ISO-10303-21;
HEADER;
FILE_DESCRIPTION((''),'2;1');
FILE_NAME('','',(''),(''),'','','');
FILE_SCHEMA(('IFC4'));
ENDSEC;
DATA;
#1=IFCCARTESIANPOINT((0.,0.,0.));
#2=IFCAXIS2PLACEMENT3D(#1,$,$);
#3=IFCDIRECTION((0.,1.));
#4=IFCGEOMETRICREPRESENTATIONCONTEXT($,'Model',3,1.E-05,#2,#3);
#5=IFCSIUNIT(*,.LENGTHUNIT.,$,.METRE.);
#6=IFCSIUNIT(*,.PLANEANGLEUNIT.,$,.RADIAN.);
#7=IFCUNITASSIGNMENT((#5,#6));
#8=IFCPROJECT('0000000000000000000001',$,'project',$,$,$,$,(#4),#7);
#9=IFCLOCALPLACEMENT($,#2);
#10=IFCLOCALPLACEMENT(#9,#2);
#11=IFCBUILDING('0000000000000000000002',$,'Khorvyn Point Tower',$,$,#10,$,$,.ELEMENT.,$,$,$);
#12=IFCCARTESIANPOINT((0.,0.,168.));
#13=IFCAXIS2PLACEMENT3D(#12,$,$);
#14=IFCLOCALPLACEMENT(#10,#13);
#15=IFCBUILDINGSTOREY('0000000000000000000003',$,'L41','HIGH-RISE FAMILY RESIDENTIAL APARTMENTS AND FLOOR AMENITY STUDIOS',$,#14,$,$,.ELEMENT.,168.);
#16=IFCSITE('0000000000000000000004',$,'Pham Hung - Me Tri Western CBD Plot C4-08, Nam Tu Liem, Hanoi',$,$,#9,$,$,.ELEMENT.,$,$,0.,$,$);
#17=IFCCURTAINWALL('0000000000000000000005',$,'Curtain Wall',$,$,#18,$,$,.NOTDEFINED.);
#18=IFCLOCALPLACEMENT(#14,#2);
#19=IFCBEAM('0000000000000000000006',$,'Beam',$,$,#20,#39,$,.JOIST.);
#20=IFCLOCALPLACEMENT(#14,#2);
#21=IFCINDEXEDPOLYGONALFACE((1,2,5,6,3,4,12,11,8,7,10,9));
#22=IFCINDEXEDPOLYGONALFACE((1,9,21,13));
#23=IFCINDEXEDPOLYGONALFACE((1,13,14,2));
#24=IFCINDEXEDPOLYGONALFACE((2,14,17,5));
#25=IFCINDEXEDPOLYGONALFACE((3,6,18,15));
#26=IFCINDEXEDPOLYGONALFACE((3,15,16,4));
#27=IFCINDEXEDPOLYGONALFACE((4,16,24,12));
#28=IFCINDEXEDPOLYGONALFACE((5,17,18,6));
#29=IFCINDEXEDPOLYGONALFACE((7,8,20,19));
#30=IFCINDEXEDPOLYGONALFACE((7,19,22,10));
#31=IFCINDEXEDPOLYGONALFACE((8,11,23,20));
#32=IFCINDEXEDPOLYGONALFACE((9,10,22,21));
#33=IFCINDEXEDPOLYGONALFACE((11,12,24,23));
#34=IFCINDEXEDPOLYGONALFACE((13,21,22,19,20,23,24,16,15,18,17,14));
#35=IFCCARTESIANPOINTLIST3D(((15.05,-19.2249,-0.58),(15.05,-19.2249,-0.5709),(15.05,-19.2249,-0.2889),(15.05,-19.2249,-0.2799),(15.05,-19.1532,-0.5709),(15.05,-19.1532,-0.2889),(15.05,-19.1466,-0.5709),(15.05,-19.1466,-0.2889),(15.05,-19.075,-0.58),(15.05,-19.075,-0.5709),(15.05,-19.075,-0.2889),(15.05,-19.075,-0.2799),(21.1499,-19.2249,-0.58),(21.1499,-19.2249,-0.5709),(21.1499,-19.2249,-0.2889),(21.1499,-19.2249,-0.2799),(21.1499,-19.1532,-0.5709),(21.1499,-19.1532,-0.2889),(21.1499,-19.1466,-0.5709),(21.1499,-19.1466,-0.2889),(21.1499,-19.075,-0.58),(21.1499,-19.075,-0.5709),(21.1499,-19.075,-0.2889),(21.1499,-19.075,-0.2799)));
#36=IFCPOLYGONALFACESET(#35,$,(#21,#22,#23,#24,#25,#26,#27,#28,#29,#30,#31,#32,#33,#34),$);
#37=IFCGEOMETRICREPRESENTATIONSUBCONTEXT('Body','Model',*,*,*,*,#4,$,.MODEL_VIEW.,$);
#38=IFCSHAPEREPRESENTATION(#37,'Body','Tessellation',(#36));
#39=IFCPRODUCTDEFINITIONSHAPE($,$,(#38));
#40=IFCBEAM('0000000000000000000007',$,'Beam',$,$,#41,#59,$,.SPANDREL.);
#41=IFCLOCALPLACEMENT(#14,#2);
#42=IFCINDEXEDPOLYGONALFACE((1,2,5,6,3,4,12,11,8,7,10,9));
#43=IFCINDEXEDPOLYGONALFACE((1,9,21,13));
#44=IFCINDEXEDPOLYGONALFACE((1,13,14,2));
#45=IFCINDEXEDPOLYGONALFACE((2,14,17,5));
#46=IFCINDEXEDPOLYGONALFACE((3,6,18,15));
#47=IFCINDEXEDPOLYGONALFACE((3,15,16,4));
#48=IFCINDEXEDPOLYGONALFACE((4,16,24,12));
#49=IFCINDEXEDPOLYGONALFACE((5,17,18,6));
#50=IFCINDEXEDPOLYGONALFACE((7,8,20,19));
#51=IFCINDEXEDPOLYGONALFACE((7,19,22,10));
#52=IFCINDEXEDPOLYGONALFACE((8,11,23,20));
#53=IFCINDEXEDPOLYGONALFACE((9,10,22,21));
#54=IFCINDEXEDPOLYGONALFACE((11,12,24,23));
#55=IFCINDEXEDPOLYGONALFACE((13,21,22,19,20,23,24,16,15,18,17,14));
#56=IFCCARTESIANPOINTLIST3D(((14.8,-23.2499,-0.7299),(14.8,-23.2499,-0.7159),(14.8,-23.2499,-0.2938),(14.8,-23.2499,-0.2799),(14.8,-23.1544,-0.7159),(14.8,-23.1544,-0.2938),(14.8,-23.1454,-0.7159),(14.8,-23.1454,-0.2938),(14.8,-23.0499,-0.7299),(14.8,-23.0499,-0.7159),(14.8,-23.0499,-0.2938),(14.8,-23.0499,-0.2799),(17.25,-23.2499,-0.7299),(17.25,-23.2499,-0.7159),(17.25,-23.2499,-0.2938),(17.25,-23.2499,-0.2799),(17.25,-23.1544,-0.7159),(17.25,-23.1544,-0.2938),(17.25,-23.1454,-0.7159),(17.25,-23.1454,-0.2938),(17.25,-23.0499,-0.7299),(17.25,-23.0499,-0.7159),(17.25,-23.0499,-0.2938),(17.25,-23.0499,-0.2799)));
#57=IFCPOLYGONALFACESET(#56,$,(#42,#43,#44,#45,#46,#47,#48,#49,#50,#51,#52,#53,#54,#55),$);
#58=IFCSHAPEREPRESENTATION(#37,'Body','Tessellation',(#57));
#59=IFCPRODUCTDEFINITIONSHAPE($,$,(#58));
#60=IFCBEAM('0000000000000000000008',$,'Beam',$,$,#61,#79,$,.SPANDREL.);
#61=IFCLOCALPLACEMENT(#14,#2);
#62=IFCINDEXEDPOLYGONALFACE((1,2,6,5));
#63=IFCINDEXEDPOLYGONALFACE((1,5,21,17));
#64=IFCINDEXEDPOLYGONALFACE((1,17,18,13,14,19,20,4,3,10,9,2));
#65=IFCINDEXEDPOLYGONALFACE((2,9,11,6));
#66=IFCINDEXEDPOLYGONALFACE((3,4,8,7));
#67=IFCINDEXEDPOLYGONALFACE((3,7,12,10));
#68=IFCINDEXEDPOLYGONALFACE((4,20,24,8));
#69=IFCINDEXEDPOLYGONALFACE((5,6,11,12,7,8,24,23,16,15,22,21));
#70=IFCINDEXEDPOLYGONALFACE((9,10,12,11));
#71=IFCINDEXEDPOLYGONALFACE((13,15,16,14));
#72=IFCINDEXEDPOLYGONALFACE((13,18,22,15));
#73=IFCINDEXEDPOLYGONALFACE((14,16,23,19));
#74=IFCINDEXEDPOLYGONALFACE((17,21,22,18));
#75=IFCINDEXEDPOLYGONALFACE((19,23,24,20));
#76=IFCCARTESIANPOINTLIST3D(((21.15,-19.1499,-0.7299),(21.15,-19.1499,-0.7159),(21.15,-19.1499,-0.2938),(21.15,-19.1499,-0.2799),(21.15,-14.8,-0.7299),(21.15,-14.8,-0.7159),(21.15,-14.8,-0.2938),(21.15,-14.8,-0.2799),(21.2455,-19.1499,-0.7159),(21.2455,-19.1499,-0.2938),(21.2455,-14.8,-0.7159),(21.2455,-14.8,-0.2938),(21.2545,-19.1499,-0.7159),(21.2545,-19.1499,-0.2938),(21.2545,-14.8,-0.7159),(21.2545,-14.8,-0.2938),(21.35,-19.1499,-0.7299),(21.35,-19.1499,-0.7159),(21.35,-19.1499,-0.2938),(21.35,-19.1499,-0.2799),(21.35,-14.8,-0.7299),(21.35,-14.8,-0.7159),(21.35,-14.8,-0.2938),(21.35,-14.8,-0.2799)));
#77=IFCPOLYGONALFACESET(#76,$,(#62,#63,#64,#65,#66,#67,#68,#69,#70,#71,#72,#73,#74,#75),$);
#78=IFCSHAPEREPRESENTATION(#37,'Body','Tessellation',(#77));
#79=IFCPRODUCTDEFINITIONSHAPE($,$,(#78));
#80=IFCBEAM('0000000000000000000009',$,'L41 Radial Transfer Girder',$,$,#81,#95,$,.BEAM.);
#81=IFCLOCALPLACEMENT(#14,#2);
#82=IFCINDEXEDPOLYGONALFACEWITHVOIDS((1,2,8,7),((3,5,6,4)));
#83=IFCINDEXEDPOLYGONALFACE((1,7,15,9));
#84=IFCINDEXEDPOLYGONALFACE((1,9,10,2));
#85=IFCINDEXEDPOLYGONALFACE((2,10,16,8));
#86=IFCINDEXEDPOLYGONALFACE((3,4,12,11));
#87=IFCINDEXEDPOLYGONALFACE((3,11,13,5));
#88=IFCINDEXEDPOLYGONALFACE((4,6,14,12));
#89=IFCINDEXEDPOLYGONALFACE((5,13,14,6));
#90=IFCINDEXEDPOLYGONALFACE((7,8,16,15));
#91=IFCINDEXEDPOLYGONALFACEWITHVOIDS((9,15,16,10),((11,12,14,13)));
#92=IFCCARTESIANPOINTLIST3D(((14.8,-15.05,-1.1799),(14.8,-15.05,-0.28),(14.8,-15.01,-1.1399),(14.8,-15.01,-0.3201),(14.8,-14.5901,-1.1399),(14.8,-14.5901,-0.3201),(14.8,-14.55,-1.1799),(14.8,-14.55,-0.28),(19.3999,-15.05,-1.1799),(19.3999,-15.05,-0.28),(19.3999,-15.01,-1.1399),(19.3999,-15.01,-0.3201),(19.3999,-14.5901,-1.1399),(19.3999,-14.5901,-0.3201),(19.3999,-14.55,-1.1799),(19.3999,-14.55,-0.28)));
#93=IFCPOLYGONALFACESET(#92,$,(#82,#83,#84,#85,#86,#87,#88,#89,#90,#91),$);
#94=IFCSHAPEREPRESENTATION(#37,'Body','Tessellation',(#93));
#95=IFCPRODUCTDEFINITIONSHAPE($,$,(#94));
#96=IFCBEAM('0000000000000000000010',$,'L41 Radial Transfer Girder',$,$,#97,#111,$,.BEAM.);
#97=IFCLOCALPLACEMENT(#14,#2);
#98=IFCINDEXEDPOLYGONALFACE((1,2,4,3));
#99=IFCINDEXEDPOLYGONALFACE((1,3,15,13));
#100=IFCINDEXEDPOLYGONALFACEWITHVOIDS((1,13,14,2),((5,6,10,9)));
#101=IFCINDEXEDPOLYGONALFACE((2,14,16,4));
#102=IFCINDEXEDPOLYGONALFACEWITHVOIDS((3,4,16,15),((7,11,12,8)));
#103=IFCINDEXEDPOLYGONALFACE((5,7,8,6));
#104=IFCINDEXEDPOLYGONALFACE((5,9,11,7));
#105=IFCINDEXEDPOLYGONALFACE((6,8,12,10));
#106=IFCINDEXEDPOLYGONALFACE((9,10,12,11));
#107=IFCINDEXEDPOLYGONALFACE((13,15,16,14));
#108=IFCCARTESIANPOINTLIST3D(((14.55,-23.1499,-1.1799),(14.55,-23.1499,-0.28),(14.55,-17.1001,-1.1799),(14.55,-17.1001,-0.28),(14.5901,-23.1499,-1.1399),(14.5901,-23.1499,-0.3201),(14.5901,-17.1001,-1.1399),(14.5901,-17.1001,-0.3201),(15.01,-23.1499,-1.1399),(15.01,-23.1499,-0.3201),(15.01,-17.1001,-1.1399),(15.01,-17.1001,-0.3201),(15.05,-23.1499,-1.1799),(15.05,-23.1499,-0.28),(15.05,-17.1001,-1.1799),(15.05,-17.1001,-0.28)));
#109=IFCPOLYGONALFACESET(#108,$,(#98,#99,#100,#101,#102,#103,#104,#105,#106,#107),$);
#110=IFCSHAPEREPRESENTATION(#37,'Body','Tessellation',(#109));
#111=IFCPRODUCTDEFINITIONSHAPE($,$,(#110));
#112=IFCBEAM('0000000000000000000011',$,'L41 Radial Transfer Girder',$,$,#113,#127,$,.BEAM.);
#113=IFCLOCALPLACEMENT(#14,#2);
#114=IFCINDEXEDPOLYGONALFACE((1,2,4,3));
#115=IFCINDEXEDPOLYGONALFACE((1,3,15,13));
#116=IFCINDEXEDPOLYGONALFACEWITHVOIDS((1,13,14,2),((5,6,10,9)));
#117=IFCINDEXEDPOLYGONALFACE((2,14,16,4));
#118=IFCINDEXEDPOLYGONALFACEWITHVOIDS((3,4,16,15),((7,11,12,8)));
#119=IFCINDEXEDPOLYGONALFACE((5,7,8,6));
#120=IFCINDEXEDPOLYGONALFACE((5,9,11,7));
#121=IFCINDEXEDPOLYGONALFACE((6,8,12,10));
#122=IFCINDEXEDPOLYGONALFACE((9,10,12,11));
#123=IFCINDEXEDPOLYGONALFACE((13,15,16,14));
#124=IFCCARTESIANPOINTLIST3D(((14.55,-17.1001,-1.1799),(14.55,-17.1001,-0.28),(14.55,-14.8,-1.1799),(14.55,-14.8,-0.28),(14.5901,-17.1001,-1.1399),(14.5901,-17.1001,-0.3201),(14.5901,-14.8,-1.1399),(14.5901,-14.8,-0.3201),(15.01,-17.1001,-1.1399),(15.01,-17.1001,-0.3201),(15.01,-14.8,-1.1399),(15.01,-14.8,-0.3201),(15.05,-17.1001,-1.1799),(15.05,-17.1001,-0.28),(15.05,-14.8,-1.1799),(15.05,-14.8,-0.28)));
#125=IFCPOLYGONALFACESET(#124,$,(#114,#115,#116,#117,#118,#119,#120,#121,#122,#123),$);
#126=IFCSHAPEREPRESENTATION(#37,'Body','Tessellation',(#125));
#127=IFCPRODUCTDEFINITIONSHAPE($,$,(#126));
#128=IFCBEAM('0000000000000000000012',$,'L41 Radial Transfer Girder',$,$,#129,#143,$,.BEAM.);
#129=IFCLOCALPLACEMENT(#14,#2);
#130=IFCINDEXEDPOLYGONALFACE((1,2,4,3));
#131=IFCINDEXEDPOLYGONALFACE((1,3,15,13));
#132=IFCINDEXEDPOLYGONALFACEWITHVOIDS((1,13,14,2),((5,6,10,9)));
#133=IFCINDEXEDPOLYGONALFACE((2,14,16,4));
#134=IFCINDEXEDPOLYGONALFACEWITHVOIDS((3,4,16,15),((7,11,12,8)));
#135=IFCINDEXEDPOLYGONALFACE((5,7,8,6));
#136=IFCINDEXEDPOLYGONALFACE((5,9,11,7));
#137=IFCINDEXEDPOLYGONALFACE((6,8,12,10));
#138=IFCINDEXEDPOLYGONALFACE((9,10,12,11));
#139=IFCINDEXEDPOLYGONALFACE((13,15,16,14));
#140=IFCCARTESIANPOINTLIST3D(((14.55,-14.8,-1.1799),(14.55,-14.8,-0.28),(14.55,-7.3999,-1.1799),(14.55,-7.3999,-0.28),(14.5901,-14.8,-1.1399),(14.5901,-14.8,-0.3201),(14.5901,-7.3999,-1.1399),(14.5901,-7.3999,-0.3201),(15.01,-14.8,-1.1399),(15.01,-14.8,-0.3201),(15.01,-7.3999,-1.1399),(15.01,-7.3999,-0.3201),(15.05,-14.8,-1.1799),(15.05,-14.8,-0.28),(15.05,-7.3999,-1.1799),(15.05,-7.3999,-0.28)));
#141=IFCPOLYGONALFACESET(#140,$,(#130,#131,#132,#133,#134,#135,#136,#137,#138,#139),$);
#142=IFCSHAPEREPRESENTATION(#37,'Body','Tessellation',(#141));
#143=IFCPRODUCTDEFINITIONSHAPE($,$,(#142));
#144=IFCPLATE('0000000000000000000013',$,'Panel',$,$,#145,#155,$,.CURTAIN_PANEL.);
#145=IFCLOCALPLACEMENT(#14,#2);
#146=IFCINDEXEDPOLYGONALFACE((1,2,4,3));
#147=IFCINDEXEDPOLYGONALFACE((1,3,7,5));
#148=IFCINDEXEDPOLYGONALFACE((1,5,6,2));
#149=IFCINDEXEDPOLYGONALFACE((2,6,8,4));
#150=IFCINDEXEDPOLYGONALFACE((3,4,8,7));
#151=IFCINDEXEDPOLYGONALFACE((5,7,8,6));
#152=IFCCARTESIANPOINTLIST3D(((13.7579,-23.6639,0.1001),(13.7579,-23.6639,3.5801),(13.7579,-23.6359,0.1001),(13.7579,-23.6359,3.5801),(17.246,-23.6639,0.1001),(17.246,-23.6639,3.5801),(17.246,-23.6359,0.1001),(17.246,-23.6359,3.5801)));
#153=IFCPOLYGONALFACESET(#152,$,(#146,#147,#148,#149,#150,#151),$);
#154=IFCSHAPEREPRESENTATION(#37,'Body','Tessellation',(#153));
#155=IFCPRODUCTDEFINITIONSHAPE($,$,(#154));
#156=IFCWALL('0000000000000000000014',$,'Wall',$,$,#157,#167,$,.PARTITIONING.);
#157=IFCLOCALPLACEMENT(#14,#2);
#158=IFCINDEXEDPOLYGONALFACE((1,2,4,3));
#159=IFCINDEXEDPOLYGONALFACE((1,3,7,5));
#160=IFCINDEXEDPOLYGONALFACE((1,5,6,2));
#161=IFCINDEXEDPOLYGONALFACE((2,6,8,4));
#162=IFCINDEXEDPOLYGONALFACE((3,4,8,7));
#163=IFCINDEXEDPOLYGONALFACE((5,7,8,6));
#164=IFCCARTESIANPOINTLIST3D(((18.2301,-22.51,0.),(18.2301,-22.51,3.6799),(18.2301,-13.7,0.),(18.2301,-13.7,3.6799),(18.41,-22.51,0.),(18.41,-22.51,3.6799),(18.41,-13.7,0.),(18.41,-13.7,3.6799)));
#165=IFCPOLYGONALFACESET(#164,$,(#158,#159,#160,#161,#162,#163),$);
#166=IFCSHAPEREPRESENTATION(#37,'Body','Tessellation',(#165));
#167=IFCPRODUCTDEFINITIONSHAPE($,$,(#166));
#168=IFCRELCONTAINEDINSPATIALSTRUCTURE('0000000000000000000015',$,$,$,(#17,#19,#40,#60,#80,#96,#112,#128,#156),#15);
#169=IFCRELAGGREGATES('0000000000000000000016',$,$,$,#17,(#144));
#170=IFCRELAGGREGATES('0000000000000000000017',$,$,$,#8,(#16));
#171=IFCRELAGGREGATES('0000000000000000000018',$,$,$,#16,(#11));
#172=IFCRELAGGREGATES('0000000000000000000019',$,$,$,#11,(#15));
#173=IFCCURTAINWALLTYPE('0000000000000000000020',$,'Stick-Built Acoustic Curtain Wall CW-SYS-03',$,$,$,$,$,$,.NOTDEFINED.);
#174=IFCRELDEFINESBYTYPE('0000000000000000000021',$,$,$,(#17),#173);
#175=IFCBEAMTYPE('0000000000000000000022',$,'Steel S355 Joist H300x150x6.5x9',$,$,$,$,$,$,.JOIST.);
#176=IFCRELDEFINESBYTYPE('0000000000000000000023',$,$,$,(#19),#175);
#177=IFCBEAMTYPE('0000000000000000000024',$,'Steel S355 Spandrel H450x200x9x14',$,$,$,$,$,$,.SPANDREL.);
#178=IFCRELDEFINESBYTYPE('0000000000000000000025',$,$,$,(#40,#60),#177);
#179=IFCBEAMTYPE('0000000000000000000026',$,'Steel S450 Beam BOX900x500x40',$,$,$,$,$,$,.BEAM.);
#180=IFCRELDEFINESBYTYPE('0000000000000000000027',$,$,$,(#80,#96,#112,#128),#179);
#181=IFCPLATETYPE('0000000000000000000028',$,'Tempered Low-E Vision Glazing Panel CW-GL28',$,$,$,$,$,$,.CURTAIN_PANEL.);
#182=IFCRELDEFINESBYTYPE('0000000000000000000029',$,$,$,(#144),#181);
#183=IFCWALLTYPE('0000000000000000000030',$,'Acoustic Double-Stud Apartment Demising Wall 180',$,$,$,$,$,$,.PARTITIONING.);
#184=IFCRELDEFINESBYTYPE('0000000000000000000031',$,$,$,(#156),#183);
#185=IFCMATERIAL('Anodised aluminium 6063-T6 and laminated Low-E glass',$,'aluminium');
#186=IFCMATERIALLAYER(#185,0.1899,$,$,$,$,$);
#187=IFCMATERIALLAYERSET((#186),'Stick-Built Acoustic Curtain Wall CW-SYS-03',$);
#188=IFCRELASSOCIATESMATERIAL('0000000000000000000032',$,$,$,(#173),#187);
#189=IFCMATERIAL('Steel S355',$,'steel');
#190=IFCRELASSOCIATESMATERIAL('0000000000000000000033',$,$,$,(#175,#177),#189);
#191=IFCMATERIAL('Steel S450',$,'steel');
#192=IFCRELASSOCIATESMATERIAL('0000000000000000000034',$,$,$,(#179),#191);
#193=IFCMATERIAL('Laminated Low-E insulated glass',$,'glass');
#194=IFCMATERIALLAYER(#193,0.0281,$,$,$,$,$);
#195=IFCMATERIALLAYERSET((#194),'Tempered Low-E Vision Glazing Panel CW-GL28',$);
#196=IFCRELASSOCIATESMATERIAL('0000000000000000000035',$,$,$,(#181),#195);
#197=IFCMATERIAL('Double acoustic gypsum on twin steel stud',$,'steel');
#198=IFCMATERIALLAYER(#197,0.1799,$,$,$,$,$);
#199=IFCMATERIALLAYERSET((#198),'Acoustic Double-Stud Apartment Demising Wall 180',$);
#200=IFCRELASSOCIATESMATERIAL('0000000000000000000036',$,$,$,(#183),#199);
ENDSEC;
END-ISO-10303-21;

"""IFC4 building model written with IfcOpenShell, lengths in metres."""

from ifc_helpers import new_model, si_unit, direction, frame, frame_2d, origin, origin_2d, place, context, subcontext, project, spatial, rectangle, hollow_rectangle, i_section, extrude, material, layer, layer_set, material_profile, profile_set, type_object, element, aggregate, save


model = new_model("IFC4")

# Units and contexts
model_context = context("Model", 3, precision=1e-05, world=origin(), true_north=direction((0.0, 1.0)))
body_context = subcontext(model_context, "Body", "Model", "MODEL_VIEW")
ifc_project = project(units=[si_unit("LENGTHUNIT", "METRE"), si_unit("PLANEANGLEUNIT", "RADIAN")], contexts=[model_context])

# Site, building, storey
site_placement = place(None, origin())
site = spatial("IfcSite", under=ifc_project, at=site_placement, Name="Pham Hung - Me Tri Western CBD Plot C4-08, Nam Tu Liem, Hanoi", CompositionType="ELEMENT", RefElevation=0.0)
building_placement = place(site_placement, origin())
building = spatial("IfcBuilding", under=site, at=building_placement, Name="Khorvyn Point Tower", CompositionType="ELEMENT")
storey_placement = place(building_placement, frame((0.0, 0.0, 168.0)))
storey = spatial("IfcBuildingStorey", under=building, at=storey_placement, Name="L41", Description="HIGH-RISE FAMILY RESIDENTIAL APARTMENTS AND FLOOR AMENITY STUDIOS", CompositionType="ELEMENT", Elevation=168.0)

# Shared definitions
ifc_material_1 = material(Name="Steel S450", Category="steel")

# Curtain wall
ifc_material_2 = material(Name="Anodised aluminium 6063-T6 and laminated Low-E glass", Category="aluminium")
ifc_layer_1 = layer(ifc_material_2, 0.1899)
ifc_layer_set_1 = layer_set([ifc_layer_1], Name="Stick-Built Acoustic Curtain Wall CW-SYS-03")
curtain_wall_type = type_object("IfcCurtainWallType", Name="Stick-Built Acoustic Curtain Wall CW-SYS-03", PredefinedType="NOTDEFINED", material=ifc_layer_set_1)
curtain_wall_1_placement = place(storey_placement, origin())
curtain_wall_1 = element("IfcCurtainWall", 1, at=curtain_wall_1_placement, inside=storey, type_object=curtain_wall_type, Name="Curtain Wall", PredefinedType="NOTDEFINED")

# Beams
ifc_material_3 = material(Name="Steel S355", Category="steel")
ifc_material_profile_1 = material_profile(ifc_material_3, i_section(OverallWidth=0.1499, OverallDepth=0.3, WebThickness=0.0066, FlangeThickness=0.009, at=origin_2d()))
ifc_profile_set_1 = profile_set([ifc_material_profile_1], Name="Steel S355 H300x150x6.5x9")
beam_type_1 = type_object("IfcBeamType", Name="Steel S355 Joist H300x150x6.5x9", PredefinedType="JOIST", material=ifc_profile_set_1)
beam_1_placement = place(storey_placement, frame((15.05, -19.1499, -0.4299), z_axis=(1.0, 0.0, 0.0), x_axis=(0.0, 1.0, 0.0)))
element("IfcBeam", 2, at=beam_1_placement, inside=storey, type_object=beam_type_1, Name="Beam", PredefinedType="JOIST", context=body_context, shape_type="SweptSolid", body=[
    extrude(i_section(OverallWidth=0.1499, OverallDepth=0.3, WebThickness=0.0066, FlangeThickness=0.009, at=origin_2d()), origin(), (0.0, 0.0, 1.0), 6.0999),
])
ifc_material_profile_2 = material_profile(ifc_material_3, i_section(OverallWidth=0.2, OverallDepth=0.45, WebThickness=0.009, FlangeThickness=0.0139, at=origin_2d()))
ifc_profile_set_2 = profile_set([ifc_material_profile_2], Name="Steel S355 H450x200x9x14")
beam_type_2 = type_object("IfcBeamType", Name="Steel S355 Spandrel H450x200x9x14", PredefinedType="SPANDREL", material=ifc_profile_set_2)
beam_2_placement = place(storey_placement, frame((14.8, -23.1499, -0.5049), z_axis=(1.0, 0.0, 0.0), x_axis=(0.0, 1.0, 0.0)))
element("IfcBeam", 3, at=beam_2_placement, inside=storey, type_object=beam_type_2, Name="Beam", PredefinedType="SPANDREL", context=body_context, shape_type="SweptSolid", body=[
    extrude(i_section(OverallWidth=0.2, OverallDepth=0.45, WebThickness=0.009, FlangeThickness=0.0139, at=origin_2d()), origin(), (0.0, 0.0, 1.0), 2.45),
])
beam_3_placement = place(storey_placement, frame((21.25, -19.1499, -0.5049), z_axis=(0.0, 1.0, 0.0), x_axis=(-1.0, 0.0, 0.0)))
element("IfcBeam", 4, at=beam_3_placement, inside=storey, type_object=beam_type_2, Name="Beam", PredefinedType="SPANDREL", context=body_context, shape_type="SweptSolid", body=[
    extrude(i_section(OverallWidth=0.2, OverallDepth=0.45, WebThickness=0.009, FlangeThickness=0.0139, at=origin_2d()), origin(), (0.0, 0.0, 1.0), 4.3499),
])
ifc_material_profile_3 = material_profile(ifc_material_1, hollow_rectangle(XDim=0.5, YDim=0.8999, WallThickness=0.04, at=origin_2d()))
ifc_profile_set_3 = profile_set([ifc_material_profile_3], Name="Steel S450 BOX900x500x40")
beam_type_3 = type_object("IfcBeamType", Name="Steel S450 Beam BOX900x500x40", PredefinedType="BEAM", material=ifc_profile_set_3)
beam_4_placement = place(storey_placement, frame((14.8, -14.8, -0.73), z_axis=(1.0, 0.0, 0.0), x_axis=(0.0, 1.0, 0.0)))
element("IfcBeam", 5, at=beam_4_placement, inside=storey, type_object=beam_type_3, Name="L41 Radial Transfer Girder", PredefinedType="BEAM", context=body_context, shape_type="SweptSolid", body=[
    extrude(hollow_rectangle(XDim=0.5, YDim=0.8999, WallThickness=0.04, at=origin_2d()), origin(), (0.0, 0.0, 1.0), 4.5999),
])
beam_5_placement = place(storey_placement, frame((14.8, -23.1499, -0.73), z_axis=(0.0, 1.0, 0.0), x_axis=(-1.0, 0.0, 0.0)))
element("IfcBeam", 6, at=beam_5_placement, inside=storey, type_object=beam_type_3, Name="L41 Radial Transfer Girder", PredefinedType="BEAM", context=body_context, shape_type="SweptSolid", body=[
    extrude(hollow_rectangle(XDim=0.5, YDim=0.8999, WallThickness=0.04, at=origin_2d()), origin(), (0.0, 0.0, 1.0), 6.0498),
])
beam_6_placement = place(storey_placement, frame((14.8, -17.1001, -0.73), z_axis=(0.0, 1.0, 0.0), x_axis=(-1.0, 0.0, 0.0)))
element("IfcBeam", 7, at=beam_6_placement, inside=storey, type_object=beam_type_3, Name="L41 Radial Transfer Girder", PredefinedType="BEAM", context=body_context, shape_type="SweptSolid", body=[
    extrude(hollow_rectangle(XDim=0.5, YDim=0.8999, WallThickness=0.04, at=origin_2d()), origin(), (0.0, 0.0, 1.0), 2.3),
])
beam_7_placement = place(storey_placement, frame((14.8, -14.8, -0.73), z_axis=(0.0, 1.0, 0.0), x_axis=(-1.0, 0.0, 0.0)))
element("IfcBeam", 8, at=beam_7_placement, inside=storey, type_object=beam_type_3, Name="L41 Radial Transfer Girder", PredefinedType="BEAM", context=body_context, shape_type="SweptSolid", body=[
    extrude(hollow_rectangle(XDim=0.5, YDim=0.8999, WallThickness=0.04, at=origin_2d()), origin(), (0.0, 0.0, 1.0), 7.4001),
])

# Plate
ifc_material_4 = material(Name="Laminated Low-E insulated glass", Category="glass")
ifc_layer_2 = layer(ifc_material_4, 0.0281)
ifc_layer_set_2 = layer_set([ifc_layer_2], Name="Tempered Low-E Vision Glazing Panel CW-GL28")
plate_type = type_object("IfcPlateType", Name="Tempered Low-E Vision Glazing Panel CW-GL28", PredefinedType="CURTAIN_PANEL", material=ifc_layer_set_2)
plate_placement = place(storey_placement, frame((15.502, -23.6499, 0.1001), z_axis=(0.0, 0.0, 1.0), x_axis=(-1.0, 0.0, 0.0)))
plate = element("IfcPlate", 9, at=plate_placement, type_object=plate_type, Name="Panel", PredefinedType="CURTAIN_PANEL", context=body_context, shape_type="SweptSolid", body=[
    extrude(rectangle(XDim=3.488, YDim=0.0281, at=origin_2d()), origin(), (0.0, 0.0, 1.0), 3.48),
])
aggregate(curtain_wall_1, [plate])

# Wall
ifc_material_5 = material(Name="Double acoustic gypsum on twin steel stud", Category="steel")
ifc_layer_3 = layer(ifc_material_5, 0.1799)
ifc_layer_set_3 = layer_set([ifc_layer_3], Name="Acoustic Double-Stud Apartment Demising Wall 180")
wall_type_1 = type_object("IfcWallType", Name="Acoustic Double-Stud Apartment Demising Wall 180", PredefinedType="PARTITIONING", material=ifc_layer_set_3)
wall_1_placement = place(storey_placement, frame((18.3201, -22.51, 0.0), z_axis=(0.0, 0.0, 1.0), x_axis=(0.0, 1.0, 0.0)))
element("IfcWall", 10, at=wall_1_placement, inside=storey, type_object=wall_type_1, Name="Wall", PredefinedType="PARTITIONING", context=body_context, shape_type="SweptSolid", body=[
    extrude(rectangle(XDim=8.8101, YDim=0.1799, at=frame_2d((4.405, 0.0))), origin(), (0.0, 0.0, 1.0), 3.6799),
])

save(model, "model.ifc")
